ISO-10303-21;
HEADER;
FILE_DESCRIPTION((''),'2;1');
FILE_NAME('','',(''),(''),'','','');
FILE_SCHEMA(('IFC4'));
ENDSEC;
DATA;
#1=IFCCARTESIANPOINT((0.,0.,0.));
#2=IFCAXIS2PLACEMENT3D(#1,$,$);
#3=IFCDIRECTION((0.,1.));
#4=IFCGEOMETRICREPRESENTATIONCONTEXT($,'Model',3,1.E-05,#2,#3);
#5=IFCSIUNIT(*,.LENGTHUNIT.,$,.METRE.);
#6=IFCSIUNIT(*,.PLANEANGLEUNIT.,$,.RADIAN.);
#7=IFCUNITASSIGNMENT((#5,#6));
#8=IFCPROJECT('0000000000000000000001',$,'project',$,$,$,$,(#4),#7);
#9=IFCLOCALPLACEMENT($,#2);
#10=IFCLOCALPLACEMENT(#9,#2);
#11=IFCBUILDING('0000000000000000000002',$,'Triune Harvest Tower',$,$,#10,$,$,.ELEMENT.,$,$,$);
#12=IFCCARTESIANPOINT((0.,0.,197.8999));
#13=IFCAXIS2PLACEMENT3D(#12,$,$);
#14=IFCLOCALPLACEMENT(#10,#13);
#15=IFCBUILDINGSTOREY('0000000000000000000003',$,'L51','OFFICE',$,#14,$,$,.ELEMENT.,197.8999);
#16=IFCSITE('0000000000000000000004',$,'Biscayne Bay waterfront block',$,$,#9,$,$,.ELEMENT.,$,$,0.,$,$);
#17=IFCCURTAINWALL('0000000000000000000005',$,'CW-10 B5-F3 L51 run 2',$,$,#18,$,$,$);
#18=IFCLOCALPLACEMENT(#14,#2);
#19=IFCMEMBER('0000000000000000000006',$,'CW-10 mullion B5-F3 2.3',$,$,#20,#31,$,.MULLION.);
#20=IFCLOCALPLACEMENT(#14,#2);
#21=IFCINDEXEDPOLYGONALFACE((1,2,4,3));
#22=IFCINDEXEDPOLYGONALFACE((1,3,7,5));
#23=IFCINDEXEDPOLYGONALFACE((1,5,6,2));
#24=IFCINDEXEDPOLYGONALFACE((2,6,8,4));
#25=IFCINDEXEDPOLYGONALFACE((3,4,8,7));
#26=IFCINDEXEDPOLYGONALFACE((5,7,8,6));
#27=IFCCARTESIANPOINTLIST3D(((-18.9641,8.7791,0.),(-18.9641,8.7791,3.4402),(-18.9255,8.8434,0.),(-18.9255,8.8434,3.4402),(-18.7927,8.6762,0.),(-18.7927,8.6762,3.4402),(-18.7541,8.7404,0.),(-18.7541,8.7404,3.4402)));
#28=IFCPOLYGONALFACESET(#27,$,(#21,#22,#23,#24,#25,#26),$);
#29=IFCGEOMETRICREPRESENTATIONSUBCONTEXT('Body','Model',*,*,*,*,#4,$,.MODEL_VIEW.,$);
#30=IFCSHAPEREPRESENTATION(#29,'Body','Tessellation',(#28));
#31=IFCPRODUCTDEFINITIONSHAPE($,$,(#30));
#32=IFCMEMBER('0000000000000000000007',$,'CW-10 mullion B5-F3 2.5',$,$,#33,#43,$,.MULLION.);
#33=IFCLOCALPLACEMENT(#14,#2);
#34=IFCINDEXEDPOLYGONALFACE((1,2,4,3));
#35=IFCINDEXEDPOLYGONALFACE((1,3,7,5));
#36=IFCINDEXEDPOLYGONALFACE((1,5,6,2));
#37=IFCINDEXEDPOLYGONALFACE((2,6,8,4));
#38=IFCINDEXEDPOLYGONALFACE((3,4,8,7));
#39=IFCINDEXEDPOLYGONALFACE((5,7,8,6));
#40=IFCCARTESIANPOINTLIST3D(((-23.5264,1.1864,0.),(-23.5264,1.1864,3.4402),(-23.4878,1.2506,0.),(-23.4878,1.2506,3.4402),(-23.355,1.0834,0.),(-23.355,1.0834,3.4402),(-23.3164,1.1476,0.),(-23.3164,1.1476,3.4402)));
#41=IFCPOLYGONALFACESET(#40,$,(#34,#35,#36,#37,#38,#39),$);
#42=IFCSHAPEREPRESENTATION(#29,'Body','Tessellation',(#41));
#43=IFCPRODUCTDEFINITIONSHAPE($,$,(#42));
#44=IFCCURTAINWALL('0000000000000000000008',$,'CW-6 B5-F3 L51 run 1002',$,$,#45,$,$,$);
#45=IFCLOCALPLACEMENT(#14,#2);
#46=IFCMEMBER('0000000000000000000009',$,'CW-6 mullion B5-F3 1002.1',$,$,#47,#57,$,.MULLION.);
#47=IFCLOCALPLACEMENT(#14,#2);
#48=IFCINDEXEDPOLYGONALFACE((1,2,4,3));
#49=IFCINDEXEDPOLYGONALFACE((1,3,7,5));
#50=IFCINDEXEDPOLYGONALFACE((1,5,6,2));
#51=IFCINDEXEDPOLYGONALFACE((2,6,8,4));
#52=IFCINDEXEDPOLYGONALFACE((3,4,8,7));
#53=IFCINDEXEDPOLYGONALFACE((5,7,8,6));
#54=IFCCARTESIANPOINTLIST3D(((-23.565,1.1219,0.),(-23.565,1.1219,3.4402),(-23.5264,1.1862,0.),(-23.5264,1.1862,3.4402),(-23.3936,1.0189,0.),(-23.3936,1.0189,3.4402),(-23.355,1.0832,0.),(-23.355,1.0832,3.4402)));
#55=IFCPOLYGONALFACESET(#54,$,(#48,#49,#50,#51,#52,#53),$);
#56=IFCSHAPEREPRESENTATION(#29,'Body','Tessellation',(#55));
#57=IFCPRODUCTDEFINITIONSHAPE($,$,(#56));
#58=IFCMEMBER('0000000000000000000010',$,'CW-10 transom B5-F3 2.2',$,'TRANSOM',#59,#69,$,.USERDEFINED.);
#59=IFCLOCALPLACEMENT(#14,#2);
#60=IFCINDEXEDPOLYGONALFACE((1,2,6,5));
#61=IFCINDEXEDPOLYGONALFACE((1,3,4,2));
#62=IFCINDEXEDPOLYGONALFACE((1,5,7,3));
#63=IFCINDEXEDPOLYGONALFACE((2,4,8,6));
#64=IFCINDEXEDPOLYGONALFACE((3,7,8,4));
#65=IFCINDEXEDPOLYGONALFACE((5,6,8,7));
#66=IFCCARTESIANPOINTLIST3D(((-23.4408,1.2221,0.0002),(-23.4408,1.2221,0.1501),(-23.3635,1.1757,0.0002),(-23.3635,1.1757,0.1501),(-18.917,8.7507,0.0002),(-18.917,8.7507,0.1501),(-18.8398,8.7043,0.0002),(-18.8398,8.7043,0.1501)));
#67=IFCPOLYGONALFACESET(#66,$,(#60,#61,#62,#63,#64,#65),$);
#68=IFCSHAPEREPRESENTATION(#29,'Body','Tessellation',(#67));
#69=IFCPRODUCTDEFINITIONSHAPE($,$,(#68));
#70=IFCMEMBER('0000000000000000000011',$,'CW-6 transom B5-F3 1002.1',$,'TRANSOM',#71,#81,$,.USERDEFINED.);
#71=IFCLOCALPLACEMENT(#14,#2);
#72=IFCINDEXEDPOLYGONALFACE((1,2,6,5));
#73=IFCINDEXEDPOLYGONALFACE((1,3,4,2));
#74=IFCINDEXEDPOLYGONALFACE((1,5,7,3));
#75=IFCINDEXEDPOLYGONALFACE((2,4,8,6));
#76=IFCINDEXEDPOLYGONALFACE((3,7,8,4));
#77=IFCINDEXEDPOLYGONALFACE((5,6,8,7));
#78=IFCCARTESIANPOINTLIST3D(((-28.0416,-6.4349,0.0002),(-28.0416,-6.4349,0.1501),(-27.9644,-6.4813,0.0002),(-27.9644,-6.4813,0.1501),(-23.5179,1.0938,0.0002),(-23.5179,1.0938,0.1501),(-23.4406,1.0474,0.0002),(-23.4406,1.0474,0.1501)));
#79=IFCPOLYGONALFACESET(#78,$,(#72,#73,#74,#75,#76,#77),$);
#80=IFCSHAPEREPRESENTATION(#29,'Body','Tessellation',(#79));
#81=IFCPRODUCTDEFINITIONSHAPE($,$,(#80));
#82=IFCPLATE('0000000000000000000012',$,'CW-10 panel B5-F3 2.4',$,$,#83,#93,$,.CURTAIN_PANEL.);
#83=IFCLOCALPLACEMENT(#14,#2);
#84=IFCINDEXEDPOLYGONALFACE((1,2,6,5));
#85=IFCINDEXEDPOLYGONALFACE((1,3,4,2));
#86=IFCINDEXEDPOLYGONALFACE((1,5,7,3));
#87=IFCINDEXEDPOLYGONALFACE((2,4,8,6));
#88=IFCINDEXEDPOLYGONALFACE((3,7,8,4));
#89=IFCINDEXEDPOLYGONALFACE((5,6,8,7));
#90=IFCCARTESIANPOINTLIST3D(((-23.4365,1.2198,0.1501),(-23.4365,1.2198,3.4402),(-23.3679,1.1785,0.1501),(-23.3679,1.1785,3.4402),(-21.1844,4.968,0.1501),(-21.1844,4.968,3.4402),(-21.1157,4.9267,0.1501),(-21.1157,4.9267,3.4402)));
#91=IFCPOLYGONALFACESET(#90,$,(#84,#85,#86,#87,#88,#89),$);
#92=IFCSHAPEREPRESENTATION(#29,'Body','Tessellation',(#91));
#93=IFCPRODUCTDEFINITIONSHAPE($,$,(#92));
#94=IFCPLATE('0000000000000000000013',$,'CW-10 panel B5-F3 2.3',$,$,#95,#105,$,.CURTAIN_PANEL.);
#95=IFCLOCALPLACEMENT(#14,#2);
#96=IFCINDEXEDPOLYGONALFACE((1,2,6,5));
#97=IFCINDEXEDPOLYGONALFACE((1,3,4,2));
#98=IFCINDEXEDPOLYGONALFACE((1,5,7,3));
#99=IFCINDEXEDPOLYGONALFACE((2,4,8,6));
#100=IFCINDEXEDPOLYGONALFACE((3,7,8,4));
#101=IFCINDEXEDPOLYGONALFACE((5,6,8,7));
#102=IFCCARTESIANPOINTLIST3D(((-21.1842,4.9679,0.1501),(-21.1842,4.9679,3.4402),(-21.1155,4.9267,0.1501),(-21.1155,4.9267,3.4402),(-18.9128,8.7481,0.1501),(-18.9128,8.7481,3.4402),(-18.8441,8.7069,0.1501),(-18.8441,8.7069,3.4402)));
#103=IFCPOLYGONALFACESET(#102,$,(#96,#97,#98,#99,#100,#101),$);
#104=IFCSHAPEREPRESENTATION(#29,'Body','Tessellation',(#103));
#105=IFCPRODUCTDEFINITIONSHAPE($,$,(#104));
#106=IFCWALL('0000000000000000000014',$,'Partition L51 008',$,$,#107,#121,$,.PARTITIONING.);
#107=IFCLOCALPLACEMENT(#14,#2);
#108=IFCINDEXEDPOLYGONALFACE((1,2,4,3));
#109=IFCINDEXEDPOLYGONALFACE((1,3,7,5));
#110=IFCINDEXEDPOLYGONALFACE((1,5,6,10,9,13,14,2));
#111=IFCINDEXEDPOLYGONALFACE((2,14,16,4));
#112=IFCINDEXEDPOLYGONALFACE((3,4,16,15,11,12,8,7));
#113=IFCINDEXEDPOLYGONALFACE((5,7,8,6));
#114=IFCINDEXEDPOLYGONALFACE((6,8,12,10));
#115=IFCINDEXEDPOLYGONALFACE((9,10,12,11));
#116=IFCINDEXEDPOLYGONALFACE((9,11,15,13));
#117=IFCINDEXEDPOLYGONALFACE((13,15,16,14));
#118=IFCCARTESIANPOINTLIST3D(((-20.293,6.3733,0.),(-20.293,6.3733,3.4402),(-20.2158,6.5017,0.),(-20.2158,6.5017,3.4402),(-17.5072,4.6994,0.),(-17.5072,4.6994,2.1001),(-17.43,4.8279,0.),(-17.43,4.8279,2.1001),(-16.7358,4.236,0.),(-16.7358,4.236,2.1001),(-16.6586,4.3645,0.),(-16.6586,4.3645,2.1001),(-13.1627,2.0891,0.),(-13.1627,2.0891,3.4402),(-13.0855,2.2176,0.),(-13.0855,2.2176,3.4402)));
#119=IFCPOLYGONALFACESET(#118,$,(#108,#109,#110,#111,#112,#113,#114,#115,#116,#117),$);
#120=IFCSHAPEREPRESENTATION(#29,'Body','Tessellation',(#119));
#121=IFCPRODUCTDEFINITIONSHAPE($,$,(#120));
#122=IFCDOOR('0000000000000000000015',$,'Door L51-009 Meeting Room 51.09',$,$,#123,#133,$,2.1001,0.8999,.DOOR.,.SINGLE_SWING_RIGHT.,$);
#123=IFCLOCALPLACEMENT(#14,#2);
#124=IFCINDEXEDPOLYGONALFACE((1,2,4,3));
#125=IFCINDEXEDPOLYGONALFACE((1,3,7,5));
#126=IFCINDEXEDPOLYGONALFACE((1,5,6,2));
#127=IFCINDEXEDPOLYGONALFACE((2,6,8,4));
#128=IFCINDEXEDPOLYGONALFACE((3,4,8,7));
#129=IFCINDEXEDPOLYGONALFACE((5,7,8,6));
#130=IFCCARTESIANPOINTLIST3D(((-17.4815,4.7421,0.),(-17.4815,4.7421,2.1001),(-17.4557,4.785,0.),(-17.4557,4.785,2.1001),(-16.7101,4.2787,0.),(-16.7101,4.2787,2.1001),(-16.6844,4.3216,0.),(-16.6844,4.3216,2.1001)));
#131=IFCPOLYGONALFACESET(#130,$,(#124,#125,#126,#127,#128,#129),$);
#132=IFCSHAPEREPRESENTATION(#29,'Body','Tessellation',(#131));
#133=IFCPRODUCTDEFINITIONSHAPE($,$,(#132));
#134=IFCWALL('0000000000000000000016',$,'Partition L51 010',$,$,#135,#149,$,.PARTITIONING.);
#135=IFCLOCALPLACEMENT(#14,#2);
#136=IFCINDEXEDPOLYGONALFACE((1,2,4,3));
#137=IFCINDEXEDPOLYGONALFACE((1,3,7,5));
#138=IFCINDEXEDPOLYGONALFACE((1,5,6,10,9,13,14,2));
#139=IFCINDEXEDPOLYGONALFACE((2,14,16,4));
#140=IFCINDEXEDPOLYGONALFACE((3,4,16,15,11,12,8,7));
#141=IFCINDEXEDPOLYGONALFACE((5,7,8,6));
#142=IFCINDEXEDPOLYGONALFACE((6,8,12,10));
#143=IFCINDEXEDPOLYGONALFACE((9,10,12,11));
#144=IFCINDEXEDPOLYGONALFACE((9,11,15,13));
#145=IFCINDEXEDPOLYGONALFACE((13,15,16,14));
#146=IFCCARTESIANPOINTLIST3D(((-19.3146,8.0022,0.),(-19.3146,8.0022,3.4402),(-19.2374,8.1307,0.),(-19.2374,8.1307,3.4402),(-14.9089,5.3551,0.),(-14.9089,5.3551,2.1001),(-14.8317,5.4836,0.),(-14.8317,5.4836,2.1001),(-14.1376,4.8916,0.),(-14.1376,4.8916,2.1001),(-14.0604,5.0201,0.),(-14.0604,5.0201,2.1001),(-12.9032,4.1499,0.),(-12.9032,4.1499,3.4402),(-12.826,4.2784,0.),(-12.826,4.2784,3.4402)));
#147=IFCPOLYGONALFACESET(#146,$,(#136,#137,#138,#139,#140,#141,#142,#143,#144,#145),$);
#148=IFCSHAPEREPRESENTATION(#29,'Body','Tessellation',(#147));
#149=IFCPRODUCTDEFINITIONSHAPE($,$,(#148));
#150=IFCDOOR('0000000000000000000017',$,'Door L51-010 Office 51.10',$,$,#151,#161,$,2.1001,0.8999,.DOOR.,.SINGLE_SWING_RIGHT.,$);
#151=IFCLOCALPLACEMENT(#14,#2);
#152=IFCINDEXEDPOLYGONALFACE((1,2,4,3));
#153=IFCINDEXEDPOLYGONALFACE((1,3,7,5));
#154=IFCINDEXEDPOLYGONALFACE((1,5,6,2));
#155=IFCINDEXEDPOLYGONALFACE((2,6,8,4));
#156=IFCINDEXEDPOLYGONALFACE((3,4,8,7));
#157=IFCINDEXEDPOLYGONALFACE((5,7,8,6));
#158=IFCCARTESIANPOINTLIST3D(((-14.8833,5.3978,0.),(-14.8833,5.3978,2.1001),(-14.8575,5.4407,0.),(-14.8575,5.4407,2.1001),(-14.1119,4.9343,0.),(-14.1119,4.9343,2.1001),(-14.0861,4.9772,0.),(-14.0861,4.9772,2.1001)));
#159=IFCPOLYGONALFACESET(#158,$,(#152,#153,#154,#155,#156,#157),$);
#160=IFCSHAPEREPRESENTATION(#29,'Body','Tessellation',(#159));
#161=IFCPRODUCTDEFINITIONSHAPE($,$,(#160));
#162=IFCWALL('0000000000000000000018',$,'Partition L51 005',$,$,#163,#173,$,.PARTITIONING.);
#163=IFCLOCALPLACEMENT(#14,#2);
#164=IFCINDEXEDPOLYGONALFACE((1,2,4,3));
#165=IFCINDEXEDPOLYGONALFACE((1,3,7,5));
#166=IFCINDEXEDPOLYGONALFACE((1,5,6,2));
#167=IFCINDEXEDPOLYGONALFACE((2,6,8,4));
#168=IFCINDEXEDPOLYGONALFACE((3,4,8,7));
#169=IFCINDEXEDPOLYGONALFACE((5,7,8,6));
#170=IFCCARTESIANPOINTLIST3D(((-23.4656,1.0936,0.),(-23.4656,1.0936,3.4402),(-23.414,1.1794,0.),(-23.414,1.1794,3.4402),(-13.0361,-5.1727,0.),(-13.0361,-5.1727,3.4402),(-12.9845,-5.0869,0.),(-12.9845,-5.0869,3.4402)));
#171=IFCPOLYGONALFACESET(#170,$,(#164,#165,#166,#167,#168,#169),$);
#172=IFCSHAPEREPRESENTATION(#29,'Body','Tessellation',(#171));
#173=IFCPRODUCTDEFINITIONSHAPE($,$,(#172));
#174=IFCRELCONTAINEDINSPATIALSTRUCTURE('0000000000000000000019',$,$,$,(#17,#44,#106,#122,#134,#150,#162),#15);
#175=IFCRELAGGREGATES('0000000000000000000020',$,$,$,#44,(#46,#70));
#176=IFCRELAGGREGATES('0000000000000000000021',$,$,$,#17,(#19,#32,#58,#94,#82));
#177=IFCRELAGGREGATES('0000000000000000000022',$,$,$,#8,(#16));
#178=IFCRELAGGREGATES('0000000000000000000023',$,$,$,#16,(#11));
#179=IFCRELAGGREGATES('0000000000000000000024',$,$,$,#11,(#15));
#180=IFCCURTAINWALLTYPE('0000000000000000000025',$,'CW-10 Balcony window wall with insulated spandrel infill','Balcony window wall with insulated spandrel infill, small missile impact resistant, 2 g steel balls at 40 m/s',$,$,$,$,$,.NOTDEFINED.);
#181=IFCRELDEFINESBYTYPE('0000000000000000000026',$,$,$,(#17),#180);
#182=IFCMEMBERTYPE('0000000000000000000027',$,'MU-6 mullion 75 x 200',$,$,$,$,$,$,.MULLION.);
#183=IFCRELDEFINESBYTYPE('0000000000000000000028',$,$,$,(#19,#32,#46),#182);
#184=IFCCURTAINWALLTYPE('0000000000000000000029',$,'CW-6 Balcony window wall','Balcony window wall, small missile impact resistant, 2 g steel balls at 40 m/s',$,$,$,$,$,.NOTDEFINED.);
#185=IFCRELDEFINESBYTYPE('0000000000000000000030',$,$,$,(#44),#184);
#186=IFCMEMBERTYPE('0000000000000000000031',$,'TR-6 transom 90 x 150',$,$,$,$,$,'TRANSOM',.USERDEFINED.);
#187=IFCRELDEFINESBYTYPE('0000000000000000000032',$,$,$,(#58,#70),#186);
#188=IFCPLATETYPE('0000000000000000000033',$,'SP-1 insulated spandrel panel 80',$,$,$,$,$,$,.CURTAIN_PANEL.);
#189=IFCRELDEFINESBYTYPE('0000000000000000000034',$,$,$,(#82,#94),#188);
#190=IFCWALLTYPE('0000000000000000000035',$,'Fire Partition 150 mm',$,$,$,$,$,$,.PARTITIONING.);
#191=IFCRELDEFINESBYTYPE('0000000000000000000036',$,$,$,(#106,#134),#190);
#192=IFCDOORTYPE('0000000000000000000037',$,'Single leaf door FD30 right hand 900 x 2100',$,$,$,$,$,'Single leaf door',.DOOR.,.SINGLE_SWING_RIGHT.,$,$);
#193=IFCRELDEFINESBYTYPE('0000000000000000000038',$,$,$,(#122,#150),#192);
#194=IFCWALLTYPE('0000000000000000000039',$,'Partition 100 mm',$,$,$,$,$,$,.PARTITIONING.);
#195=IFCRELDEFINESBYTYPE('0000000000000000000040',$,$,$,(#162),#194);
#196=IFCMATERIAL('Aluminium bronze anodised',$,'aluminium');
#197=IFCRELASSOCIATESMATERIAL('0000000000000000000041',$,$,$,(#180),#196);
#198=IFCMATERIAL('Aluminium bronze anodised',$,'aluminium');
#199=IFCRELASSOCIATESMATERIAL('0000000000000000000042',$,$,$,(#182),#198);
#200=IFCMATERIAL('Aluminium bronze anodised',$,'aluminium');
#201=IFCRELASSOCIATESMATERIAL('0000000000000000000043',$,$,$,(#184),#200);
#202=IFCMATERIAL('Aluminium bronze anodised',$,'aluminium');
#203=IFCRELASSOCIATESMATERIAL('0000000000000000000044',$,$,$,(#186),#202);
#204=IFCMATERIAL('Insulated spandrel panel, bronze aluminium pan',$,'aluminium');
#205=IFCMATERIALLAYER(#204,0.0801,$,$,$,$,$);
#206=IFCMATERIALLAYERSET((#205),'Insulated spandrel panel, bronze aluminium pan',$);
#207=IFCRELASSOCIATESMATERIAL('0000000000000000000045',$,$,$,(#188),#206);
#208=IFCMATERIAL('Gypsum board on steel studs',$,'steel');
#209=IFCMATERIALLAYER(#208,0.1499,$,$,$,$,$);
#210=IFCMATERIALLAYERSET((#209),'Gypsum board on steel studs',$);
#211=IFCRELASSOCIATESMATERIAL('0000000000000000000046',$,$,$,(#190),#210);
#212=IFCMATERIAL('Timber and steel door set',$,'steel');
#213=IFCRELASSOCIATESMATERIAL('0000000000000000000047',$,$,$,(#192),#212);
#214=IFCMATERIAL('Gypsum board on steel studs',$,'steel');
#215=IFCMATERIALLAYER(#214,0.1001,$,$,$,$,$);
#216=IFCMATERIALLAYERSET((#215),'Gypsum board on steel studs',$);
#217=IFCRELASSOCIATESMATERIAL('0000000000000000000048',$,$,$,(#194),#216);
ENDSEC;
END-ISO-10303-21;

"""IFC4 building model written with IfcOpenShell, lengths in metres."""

from ifc_helpers import new_model, si_unit, direction, frame, frame_2d, origin, origin_2d, place, context, subcontext, project, spatial, rectangle, extrude, source, transform, mapped, material, layer, layer_set, material_profile, profile_set, type_object, element, fill, aggregate, save


model = new_model("IFC4")

# Units and contexts
model_context = context("Model", 3, precision=1e-05, world=origin(), true_north=direction((0.0, 1.0)))
body_context = subcontext(model_context, "Body", "Model", "MODEL_VIEW")
ifc_project = project(units=[si_unit("LENGTHUNIT", "METRE"), si_unit("PLANEANGLEUNIT", "RADIAN")], contexts=[model_context])

# Site, building, storey
site_placement = place(None, origin())
site = spatial("IfcSite", under=ifc_project, at=site_placement, Name="Biscayne Bay waterfront block", CompositionType="ELEMENT", RefElevation=0.0)
building_placement = place(site_placement, origin())
building = spatial("IfcBuilding", under=site, at=building_placement, Name="Triune Harvest Tower", CompositionType="ELEMENT")
storey_placement = place(building_placement, frame((0.0, 0.0, 197.8999)))
storey = spatial("IfcBuildingStorey", under=building, at=storey_placement, Name="L51", Description="OFFICE", CompositionType="ELEMENT", Elevation=197.8999)

# Curtain wall, members
ifc_material_1 = material(Name="Aluminium bronze anodised", Category="aluminium")
curtain_wall_type_1 = type_object("IfcCurtainWallType", Name="CW-10 Balcony window wall with insulated spandrel infill", Description="Balcony window wall with insulated spandrel infill, small missile impact resistant, 2 g steel balls at 40 m/s", PredefinedType="NOTDEFINED", material=ifc_material_1)
curtain_wall_1_placement = place(storey_placement, origin())
curtain_wall_1 = element("IfcCurtainWall", 1, at=curtain_wall_1_placement, inside=storey, type_object=curtain_wall_type_1, Name="CW-10 B5-F3 L51 run 2")
ifc_material_2 = material(Name="Aluminium bronze anodised", Category="aluminium")
ifc_material_profile_1 = material_profile(ifc_material_2, rectangle(XDim=0.2, YDim=0.075, at=origin_2d()), Name="MU-6 mullion 75 x 200")
ifc_profile_set_1 = profile_set([ifc_material_profile_1], Name="Aluminium bronze anodised")
member_type_1 = type_object("IfcMemberType", Name="MU-6 mullion 75 x 200", PredefinedType="MULLION", material=ifc_profile_set_1)
shared_shape_1 = source(origin(), body_context, "Body", "SweptSolid", [
    extrude(rectangle(XDim=0.2, YDim=0.075, at=origin_2d()), origin(), (0.0, 0.0, 1.0), 3.4402),
])
member_1_placement = place(storey_placement, frame((-18.8591, 8.7598, 0.0), z_axis=(0.0, 0.0, 1.0), x_axis=(0.857167, -0.515038, 0.0)))
member_1 = element("IfcMember", 2, at=member_1_placement, type_object=member_type_1, Name="CW-10 mullion B5-F3 2.3", PredefinedType="MULLION", context=body_context, shape_type="MappedRepresentation", body=[
    mapped(shared_shape_1, transform((0.0, 0.0, 0.0), scale=1.0)),
])
member_2_placement = place(storey_placement, frame((-23.4214, 1.167, 0.0), z_axis=(0.0, 0.0, 1.0), x_axis=(0.857167, -0.515038, 0.0)))
member_2 = element("IfcMember", 3, at=member_2_placement, type_object=member_type_1, Name="CW-10 mullion B5-F3 2.5", PredefinedType="MULLION", context=body_context, shape_type="MappedRepresentation", body=[
    mapped(shared_shape_1, transform((0.0, 0.0, 0.0), scale=1.0)),
])

# Curtain wall, member
ifc_material_3 = material(Name="Aluminium bronze anodised", Category="aluminium")
curtain_wall_type_2 = type_object("IfcCurtainWallType", Name="CW-6 Balcony window wall", Description="Balcony window wall, small missile impact resistant, 2 g steel balls at 40 m/s", PredefinedType="NOTDEFINED", material=ifc_material_3)
curtain_wall_2_placement = place(storey_placement, origin())
curtain_wall_2 = element("IfcCurtainWall", 4, at=curtain_wall_2_placement, inside=storey, type_object=curtain_wall_type_2, Name="CW-6 B5-F3 L51 run 1002")
member_3_placement = place(storey_placement, frame((-23.46, 1.1025, 0.0), z_axis=(0.0, 0.0, 1.0), x_axis=(0.85717, -0.515034, 0.0)))
member_3 = element("IfcMember", 5, at=member_3_placement, type_object=member_type_1, Name="CW-6 mullion B5-F3 1002.1", PredefinedType="MULLION", context=body_context, shape_type="MappedRepresentation", body=[
    mapped(shared_shape_1, transform((0.0, 0.0, 0.0), scale=1.0)),
])

# Members
ifc_material_4 = material(Name="Aluminium bronze anodised", Category="aluminium")
ifc_material_profile_2 = material_profile(ifc_material_4, rectangle(XDim=0.0901, YDim=0.1499, at=origin_2d()), Name="TR-6 transom 90 x 150")
ifc_profile_set_2 = profile_set([ifc_material_profile_2], Name="Aluminium bronze anodised")
member_type_2 = type_object("IfcMemberType", Name="TR-6 transom 90 x 150", ElementType="TRANSOM", PredefinedType="USERDEFINED", material=ifc_profile_set_2)
shared_shape_2 = source(origin(), body_context, "Body", "SweptSolid", [
    extrude(rectangle(XDim=0.0901, YDim=0.1499, at=origin_2d()), origin(), (0.0, 0.0, 1.0), 8.7832),
])
member_4_placement = place(storey_placement, frame((-18.8784, 8.7275, 0.0752), z_axis=(-0.515043, -0.857164, 0.0), x_axis=(0.857164, -0.515043, 0.0)))
member_4 = element("IfcMember", 6, at=member_4_placement, type_object=member_type_2, Name="CW-10 transom B5-F3 2.2", ObjectType="TRANSOM", PredefinedType="USERDEFINED", context=body_context, shape_type="MappedRepresentation", body=[
    mapped(shared_shape_2, transform((0.0, 0.0, 0.0), scale=1.0)),
])
member_5_placement = place(storey_placement, frame((-23.4792, 1.0706, 0.0752), z_axis=(-0.515043, -0.857164, 0.0), x_axis=(0.857164, -0.515043, 0.0)))
member_5 = element("IfcMember", 7, at=member_5_placement, type_object=member_type_2, Name="CW-6 transom B5-F3 1002.1", ObjectType="TRANSOM", PredefinedType="USERDEFINED", context=body_context, shape_type="MappedRepresentation", body=[
    mapped(shared_shape_2, transform((0.0, 0.0, 0.0), scale=1.0)),
])
aggregate(curtain_wall_2, [member_3, member_5])

# Plates
ifc_material_5 = material(Name="Insulated spandrel panel, bronze aluminium pan", Category="aluminium")
ifc_layer_1 = layer(ifc_material_5, 0.0801)
ifc_layer_set_1 = layer_set([ifc_layer_1], Name="Insulated spandrel panel, bronze aluminium pan")
plate_type = type_object("IfcPlateType", Name="SP-1 insulated spandrel panel 80", PredefinedType="CURTAIN_PANEL", material=ifc_layer_set_1)
shared_shape_3 = source(origin(), body_context, "Body", "SweptSolid", [
    extrude(rectangle(XDim=4.3728, YDim=0.0801, at=origin_2d()), origin(), (0.0, 0.0, 1.0), 3.29),
])
plate_1_placement = place(storey_placement, frame((-22.2761, 3.0732, 0.1501), z_axis=(0.0, 0.0, 1.0), x_axis=(-0.515038, -0.857167, 0.0)))
plate_1 = element("IfcPlate", 8, at=plate_1_placement, type_object=plate_type, Name="CW-10 panel B5-F3 2.4", PredefinedType="CURTAIN_PANEL", context=body_context, shape_type="MappedRepresentation", body=[
    mapped(shared_shape_3, transform((0.0, 0.0, 0.0), scale=1.0)),
])
shared_shape_4 = source(origin(), body_context, "Body", "SweptSolid", [
    extrude(rectangle(XDim=4.4102, YDim=0.0801, at=origin_2d()), origin(), (0.0, 0.0, 1.0), 3.29),
])
plate_2_placement = place(storey_placement, frame((-20.0142, 6.8374, 0.1501), z_axis=(0.0, 0.0, 1.0), x_axis=(-0.515038, -0.857167, 0.0)))
plate_2 = element("IfcPlate", 9, at=plate_2_placement, type_object=plate_type, Name="CW-10 panel B5-F3 2.3", PredefinedType="CURTAIN_PANEL", context=body_context, shape_type="MappedRepresentation", body=[
    mapped(shared_shape_4, transform((0.0, 0.0, 0.0), scale=1.0)),
])
aggregate(curtain_wall_1, [member_1, member_2, member_4, plate_2, plate_1])

# Walls, openings, doors
ifc_material_6 = material(Name="Gypsum board on steel studs", Category="steel")
ifc_layer_2 = layer(ifc_material_6, 0.1499)
ifc_layer_set_2 = layer_set([ifc_layer_2], Name="Gypsum board on steel studs")
wall_type_1 = type_object("IfcWallType", Name="Fire Partition 150 mm", PredefinedType="PARTITIONING", material=ifc_layer_set_2)
wall_1_placement = place(storey_placement, frame((-20.2544, 6.4375, 0.0), z_axis=(0.0, 0.0, 1.0), x_axis=(0.857177, -0.515022, 0.0)))
wall_1 = element("IfcWall", 10, at=wall_1_placement, inside=storey, type_object=wall_type_1, Name="Partition L51 008", PredefinedType="PARTITIONING", context=body_context, shape_type="SweptSolid", body=[
    extrude(rectangle(XDim=8.3184, YDim=0.1499, at=frame_2d((4.1592, 0.0))), origin(), (0.0, 0.0, 1.0), 3.4402),
])
opening_1_placement = place(wall_1_placement, frame((3.25, 0.0, 0.0)))
opening_1 = element("IfcOpeningElement", 11, at=opening_1_placement, cuts=wall_1, PredefinedType="OPENING", context=body_context, shape_type="SweptSolid", body=[
    extrude(rectangle(XDim=0.8999, YDim=2.1001, at=frame_2d((0.45, 1.05))), frame((0.0, 0.085, 0.0), z_axis=(0.0, -1.0, 0.0), x_axis=(1.0, 0.0, 0.0)), (0.0, 0.0, 1.0), 0.1699),
])
ifc_material_7 = material(Name="Timber and steel door set", Category="steel")
door_type = type_object("IfcDoorType", Name="Single leaf door FD30 right hand 900 x 2100", ElementType="Single leaf door", OperationType="SINGLE_SWING_RIGHT", PredefinedType="DOOR", material=ifc_material_7)
door_1_placement = place(opening_1_placement, origin())
door_1 = element("IfcDoor", 12, at=door_1_placement, inside=storey, type_object=door_type, Name="Door L51-009 Meeting Room 51.09", OperationType="SINGLE_SWING_RIGHT", OverallHeight=2.1001, OverallWidth=0.8999, PredefinedType="DOOR", context=body_context, shape_type="SweptSolid", body=[
    extrude(rectangle(XDim=0.8999, YDim=2.1001, at=frame_2d((0.45, 1.05))), frame((0.0, 0.0249, 0.0), z_axis=(0.0, -1.0, 0.0), x_axis=(1.0, 0.0, 0.0)), (0.0, 0.0, 1.0), 0.05),
])
fill(opening_1, door_1)
wall_2_placement = place(storey_placement, frame((-19.2759, 8.0664, 0.0), z_axis=(0.0, 0.0, 1.0), x_axis=(0.85717, -0.515033, 0.0)))
wall_2 = element("IfcWall", 13, at=wall_2_placement, inside=storey, type_object=wall_type_1, Name="Partition L51 010", PredefinedType="PARTITIONING", context=body_context, shape_type="SweptSolid", body=[
    extrude(rectangle(XDim=7.4797, YDim=0.1499, at=frame_2d((3.7397, 0.0))), origin(), (0.0, 0.0, 1.0), 3.4402),
])
opening_2_placement = place(wall_2_placement, frame((5.1396, 0.0, 0.0)))
opening_2 = element("IfcOpeningElement", 14, at=opening_2_placement, cuts=wall_2, PredefinedType="OPENING", context=body_context, shape_type="SweptSolid", body=[
    extrude(rectangle(XDim=0.8999, YDim=2.1001, at=frame_2d((0.45, 1.05))), frame((0.0, 0.085, 0.0), z_axis=(0.0, -1.0, 0.0), x_axis=(1.0, 0.0, 0.0)), (0.0, 0.0, 1.0), 0.1699),
])
door_2_placement = place(opening_2_placement, origin())
door_2 = element("IfcDoor", 15, at=door_2_placement, inside=storey, type_object=door_type, Name="Door L51-010 Office 51.10", OperationType="SINGLE_SWING_RIGHT", OverallHeight=2.1001, OverallWidth=0.8999, PredefinedType="DOOR", context=body_context, shape_type="SweptSolid", body=[
    extrude(rectangle(XDim=0.8999, YDim=2.1001, at=frame_2d((0.45, 1.05))), frame((0.0, 0.0249, 0.0), z_axis=(0.0, -1.0, 0.0), x_axis=(1.0, 0.0, 0.0)), (0.0, 0.0, 1.0), 0.05),
])
fill(opening_2, door_2)

# Wall
ifc_material_8 = material(Name="Gypsum board on steel studs", Category="steel")
ifc_layer_3 = layer(ifc_material_8, 0.1001)
ifc_layer_set_3 = layer_set([ifc_layer_3], Name="Gypsum board on steel studs")
wall_type_2 = type_object("IfcWallType", Name="Partition 100 mm", PredefinedType="PARTITIONING", material=ifc_layer_set_3)
wall_3_placement = place(storey_placement, frame((-23.4397, 1.1365, 0.0), z_axis=(0.0, 0.0, 1.0), x_axis=(0.857178, -0.515021, 0.0)))
element("IfcWall", 16, at=wall_3_placement, inside=storey, type_object=wall_type_2, Name="Partition L51 005", PredefinedType="PARTITIONING", context=body_context, shape_type="SweptSolid", body=[
    extrude(rectangle(XDim=12.1672, YDim=0.1001, at=frame_2d((6.0835, 0.0))), origin(), (0.0, 0.0, 1.0), 3.4402),
])

save(model, "model.ifc")
